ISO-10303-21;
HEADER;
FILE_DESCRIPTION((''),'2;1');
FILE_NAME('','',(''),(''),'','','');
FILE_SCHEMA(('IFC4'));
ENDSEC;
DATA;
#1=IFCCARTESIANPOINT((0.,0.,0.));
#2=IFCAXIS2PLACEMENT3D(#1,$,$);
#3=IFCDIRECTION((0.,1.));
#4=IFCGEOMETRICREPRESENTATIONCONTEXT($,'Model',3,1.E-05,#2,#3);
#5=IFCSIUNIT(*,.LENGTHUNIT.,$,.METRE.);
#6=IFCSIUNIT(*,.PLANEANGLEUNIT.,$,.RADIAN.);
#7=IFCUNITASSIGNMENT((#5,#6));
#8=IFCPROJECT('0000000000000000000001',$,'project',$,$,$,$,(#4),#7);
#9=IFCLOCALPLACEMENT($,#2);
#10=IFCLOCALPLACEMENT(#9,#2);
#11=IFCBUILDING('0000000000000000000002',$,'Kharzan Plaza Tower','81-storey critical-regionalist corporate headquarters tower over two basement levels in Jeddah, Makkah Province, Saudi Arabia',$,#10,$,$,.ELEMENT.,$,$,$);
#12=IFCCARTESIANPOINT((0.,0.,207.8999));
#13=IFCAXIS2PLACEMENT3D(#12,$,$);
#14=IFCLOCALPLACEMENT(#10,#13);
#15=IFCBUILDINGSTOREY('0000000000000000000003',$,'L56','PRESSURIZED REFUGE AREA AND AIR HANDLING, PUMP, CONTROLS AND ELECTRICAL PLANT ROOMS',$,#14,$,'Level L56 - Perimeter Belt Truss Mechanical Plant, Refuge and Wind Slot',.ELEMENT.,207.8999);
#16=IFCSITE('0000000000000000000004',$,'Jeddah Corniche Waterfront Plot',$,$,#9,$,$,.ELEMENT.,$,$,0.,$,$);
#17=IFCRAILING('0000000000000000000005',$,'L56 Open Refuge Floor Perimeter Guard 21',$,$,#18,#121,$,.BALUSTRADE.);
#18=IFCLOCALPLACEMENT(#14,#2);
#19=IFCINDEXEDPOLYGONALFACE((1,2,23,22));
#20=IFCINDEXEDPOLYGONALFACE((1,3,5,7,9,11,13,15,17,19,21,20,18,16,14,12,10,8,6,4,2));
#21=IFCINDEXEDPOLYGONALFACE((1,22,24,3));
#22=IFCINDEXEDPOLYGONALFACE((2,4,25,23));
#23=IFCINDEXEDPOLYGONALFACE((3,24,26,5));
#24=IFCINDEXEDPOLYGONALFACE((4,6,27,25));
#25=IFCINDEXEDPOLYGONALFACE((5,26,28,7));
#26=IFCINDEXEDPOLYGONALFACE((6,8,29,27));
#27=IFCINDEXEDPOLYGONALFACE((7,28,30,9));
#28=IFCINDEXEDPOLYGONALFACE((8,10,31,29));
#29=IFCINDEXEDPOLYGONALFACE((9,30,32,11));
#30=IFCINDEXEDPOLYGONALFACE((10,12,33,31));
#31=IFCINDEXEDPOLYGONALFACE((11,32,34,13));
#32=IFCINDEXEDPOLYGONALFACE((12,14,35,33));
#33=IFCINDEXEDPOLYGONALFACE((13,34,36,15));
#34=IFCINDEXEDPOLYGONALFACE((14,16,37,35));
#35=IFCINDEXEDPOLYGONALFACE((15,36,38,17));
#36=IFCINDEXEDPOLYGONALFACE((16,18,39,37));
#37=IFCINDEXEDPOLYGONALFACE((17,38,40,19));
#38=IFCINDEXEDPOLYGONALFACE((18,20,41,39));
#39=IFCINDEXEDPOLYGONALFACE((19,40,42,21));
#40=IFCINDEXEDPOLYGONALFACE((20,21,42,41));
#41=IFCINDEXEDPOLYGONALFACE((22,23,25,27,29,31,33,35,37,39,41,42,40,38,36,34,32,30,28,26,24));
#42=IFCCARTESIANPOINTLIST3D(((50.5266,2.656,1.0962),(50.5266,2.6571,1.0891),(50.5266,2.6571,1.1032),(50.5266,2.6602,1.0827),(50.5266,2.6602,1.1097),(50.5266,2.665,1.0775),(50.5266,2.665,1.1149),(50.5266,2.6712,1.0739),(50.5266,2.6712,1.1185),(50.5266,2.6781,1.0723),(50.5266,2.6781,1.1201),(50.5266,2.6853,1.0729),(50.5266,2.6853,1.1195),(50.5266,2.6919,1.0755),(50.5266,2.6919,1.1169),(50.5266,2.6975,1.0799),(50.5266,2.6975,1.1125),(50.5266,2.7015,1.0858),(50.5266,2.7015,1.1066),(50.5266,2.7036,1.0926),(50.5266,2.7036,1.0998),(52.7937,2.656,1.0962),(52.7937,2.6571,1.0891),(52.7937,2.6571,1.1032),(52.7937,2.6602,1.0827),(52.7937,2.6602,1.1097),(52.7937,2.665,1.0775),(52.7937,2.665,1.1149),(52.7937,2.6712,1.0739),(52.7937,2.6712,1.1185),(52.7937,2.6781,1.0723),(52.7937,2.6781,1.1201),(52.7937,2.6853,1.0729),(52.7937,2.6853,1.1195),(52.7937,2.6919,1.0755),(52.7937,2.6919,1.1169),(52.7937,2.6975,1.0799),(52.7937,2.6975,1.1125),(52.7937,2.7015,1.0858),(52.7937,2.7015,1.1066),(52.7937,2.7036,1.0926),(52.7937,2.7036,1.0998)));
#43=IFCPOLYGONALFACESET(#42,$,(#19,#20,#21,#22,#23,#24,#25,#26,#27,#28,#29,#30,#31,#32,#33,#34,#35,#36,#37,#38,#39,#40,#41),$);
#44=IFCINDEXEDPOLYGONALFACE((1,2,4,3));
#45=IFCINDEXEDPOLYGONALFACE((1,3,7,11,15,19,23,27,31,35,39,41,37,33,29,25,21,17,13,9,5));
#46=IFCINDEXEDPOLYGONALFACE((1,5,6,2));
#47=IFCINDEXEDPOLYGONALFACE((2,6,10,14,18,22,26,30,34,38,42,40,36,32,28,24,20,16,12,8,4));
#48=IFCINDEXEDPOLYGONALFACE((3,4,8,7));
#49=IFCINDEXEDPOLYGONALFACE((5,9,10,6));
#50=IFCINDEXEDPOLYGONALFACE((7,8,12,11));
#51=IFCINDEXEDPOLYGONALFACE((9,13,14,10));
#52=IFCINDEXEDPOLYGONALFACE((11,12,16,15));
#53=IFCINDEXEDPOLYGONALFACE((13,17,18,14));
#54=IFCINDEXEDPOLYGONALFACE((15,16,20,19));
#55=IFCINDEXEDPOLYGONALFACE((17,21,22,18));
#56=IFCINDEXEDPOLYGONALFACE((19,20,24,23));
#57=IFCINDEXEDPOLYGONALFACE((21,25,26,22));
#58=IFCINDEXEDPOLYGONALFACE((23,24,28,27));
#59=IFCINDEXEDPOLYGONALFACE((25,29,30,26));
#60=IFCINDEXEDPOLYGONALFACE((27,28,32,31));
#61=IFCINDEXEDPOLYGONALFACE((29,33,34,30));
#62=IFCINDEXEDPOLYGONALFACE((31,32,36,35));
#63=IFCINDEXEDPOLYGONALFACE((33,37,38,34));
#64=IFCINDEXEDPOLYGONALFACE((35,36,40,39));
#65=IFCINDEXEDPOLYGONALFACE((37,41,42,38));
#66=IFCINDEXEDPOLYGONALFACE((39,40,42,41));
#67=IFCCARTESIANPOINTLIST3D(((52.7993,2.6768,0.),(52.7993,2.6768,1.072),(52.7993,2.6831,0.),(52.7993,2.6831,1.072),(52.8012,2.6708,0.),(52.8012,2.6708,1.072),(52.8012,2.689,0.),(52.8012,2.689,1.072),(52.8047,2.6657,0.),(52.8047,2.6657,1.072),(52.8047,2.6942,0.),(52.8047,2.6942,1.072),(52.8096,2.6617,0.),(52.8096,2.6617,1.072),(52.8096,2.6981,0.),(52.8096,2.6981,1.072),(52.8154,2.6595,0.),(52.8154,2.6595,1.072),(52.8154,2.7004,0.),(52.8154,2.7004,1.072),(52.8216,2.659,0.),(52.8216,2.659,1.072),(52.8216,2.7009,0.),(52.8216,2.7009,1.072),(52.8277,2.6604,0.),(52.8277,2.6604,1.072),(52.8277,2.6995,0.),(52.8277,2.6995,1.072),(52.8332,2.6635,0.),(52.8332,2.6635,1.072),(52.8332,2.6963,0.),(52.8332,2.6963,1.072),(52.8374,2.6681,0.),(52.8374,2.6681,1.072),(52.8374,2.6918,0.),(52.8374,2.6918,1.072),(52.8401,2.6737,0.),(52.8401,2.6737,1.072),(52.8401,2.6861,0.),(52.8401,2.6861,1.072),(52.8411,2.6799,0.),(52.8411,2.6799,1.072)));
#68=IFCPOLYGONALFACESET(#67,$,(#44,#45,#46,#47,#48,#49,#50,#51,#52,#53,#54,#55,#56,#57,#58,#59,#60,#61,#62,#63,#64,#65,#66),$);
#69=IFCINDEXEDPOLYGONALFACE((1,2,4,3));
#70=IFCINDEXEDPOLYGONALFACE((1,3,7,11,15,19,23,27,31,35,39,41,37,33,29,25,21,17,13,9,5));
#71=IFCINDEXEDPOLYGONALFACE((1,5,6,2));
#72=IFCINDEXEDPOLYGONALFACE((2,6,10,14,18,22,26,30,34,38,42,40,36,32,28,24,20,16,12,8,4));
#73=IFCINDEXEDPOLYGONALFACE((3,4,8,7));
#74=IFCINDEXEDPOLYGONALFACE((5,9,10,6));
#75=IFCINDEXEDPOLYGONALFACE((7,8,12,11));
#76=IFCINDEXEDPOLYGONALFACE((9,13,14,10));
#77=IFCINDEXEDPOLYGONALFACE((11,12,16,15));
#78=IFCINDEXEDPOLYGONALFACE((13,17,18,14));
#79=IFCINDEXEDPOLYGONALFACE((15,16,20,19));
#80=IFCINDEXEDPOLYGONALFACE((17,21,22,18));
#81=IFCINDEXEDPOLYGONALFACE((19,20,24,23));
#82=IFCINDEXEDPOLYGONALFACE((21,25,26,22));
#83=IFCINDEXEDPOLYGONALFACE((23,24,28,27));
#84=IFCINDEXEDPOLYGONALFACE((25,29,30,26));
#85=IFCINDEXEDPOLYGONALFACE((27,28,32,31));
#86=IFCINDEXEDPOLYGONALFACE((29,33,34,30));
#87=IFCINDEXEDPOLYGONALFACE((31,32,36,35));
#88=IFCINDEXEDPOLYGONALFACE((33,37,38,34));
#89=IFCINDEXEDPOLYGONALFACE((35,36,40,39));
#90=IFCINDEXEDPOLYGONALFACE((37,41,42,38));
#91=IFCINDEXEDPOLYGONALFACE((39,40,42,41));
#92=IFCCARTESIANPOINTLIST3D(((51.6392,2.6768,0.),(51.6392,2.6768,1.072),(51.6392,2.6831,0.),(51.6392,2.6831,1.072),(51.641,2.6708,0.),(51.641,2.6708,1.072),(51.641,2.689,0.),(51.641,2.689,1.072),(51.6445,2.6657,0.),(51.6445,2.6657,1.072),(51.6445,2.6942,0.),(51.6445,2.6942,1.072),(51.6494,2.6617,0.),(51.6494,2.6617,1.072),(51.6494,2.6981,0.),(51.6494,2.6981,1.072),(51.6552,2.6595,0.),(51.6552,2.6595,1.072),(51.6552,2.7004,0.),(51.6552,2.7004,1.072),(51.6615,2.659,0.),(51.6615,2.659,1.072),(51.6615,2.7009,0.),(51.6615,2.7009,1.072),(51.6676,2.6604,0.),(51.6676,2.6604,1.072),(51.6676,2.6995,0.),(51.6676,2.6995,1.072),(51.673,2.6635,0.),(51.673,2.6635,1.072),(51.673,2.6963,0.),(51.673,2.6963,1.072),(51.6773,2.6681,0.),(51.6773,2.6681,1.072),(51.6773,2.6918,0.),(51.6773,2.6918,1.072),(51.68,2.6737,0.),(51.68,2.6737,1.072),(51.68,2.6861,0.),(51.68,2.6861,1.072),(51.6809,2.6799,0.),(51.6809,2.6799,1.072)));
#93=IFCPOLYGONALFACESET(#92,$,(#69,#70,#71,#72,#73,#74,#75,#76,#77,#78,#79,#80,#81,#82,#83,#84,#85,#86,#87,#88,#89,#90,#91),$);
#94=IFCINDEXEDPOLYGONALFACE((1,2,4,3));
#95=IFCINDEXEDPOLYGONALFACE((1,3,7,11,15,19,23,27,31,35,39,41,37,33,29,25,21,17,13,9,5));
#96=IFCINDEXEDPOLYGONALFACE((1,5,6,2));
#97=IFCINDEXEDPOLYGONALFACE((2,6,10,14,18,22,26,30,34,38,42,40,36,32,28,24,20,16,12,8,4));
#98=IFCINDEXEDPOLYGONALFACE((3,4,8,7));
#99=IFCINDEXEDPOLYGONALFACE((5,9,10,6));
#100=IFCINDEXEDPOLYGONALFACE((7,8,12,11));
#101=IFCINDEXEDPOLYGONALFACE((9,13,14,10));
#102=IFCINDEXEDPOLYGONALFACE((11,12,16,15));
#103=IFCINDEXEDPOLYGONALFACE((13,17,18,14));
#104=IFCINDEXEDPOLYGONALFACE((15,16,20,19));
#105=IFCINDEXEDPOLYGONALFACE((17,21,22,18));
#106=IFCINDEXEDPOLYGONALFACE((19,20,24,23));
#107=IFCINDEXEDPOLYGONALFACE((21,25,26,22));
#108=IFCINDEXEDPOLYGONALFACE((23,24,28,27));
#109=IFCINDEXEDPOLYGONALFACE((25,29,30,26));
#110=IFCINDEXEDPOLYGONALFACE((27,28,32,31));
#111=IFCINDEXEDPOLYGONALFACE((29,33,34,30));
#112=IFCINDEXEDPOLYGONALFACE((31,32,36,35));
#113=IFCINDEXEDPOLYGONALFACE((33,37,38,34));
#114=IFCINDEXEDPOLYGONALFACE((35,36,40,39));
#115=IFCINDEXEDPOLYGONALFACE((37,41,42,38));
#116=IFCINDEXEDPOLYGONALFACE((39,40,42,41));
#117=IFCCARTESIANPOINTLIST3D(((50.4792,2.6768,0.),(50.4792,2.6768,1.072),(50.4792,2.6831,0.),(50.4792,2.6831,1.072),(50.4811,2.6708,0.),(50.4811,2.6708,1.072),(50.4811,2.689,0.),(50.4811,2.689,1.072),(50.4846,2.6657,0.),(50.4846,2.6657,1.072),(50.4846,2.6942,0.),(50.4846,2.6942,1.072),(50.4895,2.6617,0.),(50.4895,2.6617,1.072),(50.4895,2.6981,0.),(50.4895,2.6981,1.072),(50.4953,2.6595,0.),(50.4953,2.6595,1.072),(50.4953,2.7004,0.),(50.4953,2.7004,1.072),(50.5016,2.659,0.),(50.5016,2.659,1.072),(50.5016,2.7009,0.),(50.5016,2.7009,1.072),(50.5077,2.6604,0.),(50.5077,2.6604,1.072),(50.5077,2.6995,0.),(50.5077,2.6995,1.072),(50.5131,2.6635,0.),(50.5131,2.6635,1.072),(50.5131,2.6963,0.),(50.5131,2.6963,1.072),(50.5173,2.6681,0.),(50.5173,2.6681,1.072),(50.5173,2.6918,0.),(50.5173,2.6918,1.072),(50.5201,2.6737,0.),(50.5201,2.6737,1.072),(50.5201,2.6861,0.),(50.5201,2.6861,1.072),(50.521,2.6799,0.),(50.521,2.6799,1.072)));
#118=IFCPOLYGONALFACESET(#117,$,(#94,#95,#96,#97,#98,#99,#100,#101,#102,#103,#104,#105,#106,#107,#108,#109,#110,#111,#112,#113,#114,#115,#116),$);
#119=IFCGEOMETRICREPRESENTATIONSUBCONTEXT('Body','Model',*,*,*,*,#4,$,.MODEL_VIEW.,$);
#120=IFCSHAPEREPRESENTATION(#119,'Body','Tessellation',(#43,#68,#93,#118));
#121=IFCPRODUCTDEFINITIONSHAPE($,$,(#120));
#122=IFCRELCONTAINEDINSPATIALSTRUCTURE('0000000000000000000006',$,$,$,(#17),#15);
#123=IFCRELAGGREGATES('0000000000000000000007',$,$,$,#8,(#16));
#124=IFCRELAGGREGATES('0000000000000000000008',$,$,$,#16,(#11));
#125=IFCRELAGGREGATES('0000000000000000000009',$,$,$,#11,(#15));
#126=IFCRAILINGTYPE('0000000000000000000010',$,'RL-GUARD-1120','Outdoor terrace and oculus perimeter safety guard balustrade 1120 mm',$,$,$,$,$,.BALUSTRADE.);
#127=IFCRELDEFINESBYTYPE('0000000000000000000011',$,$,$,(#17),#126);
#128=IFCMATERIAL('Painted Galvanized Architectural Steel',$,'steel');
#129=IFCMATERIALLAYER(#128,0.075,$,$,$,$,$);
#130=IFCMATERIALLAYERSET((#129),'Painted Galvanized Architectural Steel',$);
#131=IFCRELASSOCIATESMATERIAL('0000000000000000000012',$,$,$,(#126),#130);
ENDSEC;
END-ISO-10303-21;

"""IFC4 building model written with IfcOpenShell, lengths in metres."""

from ifc_helpers import new_model, si_unit, direction, frame, origin, origin_2d, place, context, subcontext, project, spatial, circle, extrude, source, transform, mapped, material, layer, layer_set, type_object, element, save


model = new_model("IFC4")

# Units and contexts
model_context = context("Model", 3, precision=1e-05, world=origin(), true_north=direction((0.0, 1.0)))
body_context = subcontext(model_context, "Body", "Model", "MODEL_VIEW")
ifc_project = project(units=[si_unit("LENGTHUNIT", "METRE"), si_unit("PLANEANGLEUNIT", "RADIAN")], contexts=[model_context])

# Site, building, storey
site_placement = place(None, origin())
site = spatial("IfcSite", under=ifc_project, at=site_placement, Name="Jeddah Corniche Waterfront Plot", CompositionType="ELEMENT", RefElevation=0.0)
building_placement = place(site_placement, origin())
building = spatial("IfcBuilding", under=site, at=building_placement, Name="Kharzan Plaza Tower", Description="81-storey critical-regionalist corporate headquarters tower over two basement levels in Jeddah, Makkah Province, Saudi Arabia", CompositionType="ELEMENT")
storey_placement = place(building_placement, frame((0.0, 0.0, 207.8999)))
storey = spatial("IfcBuildingStorey", under=building, at=storey_placement, Name="L56", Description="PRESSURIZED REFUGE AREA AND AIR HANDLING, PUMP, CONTROLS AND ELECTRICAL PLANT ROOMS", LongName="Level L56 - Perimeter Belt Truss Mechanical Plant, Refuge and Wind Slot", CompositionType="ELEMENT", Elevation=207.8999)

# Railing
ifc_material_1 = material(Name="Painted Galvanized Architectural Steel", Category="steel")
ifc_layer_1 = layer(ifc_material_1, 0.075)
ifc_layer_set_1 = layer_set([ifc_layer_1], Name="Painted Galvanized Architectural Steel")
railing_type = type_object("IfcRailingType", Name="RL-GUARD-1120", Description="Outdoor terrace and oculus perimeter safety guard balustrade 1120 mm", PredefinedType="BALUSTRADE", material=ifc_layer_set_1)
shared_shape_1 = source(origin(), body_context, "Body", "SweptSolid", [
    extrude(circle(Radius=0.0239, at=origin_2d()), frame((-0.0264, 0.0, 1.0962), z_axis=(-1.0, 0.0, 0.0), x_axis=(0.0, -1.0, 0.0)), (0.0, 0.0, 1.0), 2.2671),
    extrude(circle(Radius=0.021, at=origin_2d()), origin(), (0.0, 0.0, 1.0), 1.072),
    extrude(circle(Radius=0.021, at=origin_2d()), frame((-1.1602, 0.0, 0.0)), (0.0, 0.0, 1.0), 1.072),
    extrude(circle(Radius=0.021, at=origin_2d()), frame((-2.3201, 0.0, 0.0)), (0.0, 0.0, 1.0), 1.072),
])
railing_1_placement = place(storey_placement, frame((52.8201, 2.6799, 0.0)))
element("IfcRailing", 1, at=railing_1_placement, inside=storey, type_object=railing_type, Name="L56 Open Refuge Floor Perimeter Guard 21", PredefinedType="BALUSTRADE", context=body_context, shape_type="MappedRepresentation", body=[
    mapped(shared_shape_1, transform((0.0, 0.0, 0.0), x_axis=(1.0, 0.0, 0.0), y_axis=(0.0, 1.0, 0.0), z_axis=(0.0, 0.0, 1.0))),
])

save(model, "model.ifc")
